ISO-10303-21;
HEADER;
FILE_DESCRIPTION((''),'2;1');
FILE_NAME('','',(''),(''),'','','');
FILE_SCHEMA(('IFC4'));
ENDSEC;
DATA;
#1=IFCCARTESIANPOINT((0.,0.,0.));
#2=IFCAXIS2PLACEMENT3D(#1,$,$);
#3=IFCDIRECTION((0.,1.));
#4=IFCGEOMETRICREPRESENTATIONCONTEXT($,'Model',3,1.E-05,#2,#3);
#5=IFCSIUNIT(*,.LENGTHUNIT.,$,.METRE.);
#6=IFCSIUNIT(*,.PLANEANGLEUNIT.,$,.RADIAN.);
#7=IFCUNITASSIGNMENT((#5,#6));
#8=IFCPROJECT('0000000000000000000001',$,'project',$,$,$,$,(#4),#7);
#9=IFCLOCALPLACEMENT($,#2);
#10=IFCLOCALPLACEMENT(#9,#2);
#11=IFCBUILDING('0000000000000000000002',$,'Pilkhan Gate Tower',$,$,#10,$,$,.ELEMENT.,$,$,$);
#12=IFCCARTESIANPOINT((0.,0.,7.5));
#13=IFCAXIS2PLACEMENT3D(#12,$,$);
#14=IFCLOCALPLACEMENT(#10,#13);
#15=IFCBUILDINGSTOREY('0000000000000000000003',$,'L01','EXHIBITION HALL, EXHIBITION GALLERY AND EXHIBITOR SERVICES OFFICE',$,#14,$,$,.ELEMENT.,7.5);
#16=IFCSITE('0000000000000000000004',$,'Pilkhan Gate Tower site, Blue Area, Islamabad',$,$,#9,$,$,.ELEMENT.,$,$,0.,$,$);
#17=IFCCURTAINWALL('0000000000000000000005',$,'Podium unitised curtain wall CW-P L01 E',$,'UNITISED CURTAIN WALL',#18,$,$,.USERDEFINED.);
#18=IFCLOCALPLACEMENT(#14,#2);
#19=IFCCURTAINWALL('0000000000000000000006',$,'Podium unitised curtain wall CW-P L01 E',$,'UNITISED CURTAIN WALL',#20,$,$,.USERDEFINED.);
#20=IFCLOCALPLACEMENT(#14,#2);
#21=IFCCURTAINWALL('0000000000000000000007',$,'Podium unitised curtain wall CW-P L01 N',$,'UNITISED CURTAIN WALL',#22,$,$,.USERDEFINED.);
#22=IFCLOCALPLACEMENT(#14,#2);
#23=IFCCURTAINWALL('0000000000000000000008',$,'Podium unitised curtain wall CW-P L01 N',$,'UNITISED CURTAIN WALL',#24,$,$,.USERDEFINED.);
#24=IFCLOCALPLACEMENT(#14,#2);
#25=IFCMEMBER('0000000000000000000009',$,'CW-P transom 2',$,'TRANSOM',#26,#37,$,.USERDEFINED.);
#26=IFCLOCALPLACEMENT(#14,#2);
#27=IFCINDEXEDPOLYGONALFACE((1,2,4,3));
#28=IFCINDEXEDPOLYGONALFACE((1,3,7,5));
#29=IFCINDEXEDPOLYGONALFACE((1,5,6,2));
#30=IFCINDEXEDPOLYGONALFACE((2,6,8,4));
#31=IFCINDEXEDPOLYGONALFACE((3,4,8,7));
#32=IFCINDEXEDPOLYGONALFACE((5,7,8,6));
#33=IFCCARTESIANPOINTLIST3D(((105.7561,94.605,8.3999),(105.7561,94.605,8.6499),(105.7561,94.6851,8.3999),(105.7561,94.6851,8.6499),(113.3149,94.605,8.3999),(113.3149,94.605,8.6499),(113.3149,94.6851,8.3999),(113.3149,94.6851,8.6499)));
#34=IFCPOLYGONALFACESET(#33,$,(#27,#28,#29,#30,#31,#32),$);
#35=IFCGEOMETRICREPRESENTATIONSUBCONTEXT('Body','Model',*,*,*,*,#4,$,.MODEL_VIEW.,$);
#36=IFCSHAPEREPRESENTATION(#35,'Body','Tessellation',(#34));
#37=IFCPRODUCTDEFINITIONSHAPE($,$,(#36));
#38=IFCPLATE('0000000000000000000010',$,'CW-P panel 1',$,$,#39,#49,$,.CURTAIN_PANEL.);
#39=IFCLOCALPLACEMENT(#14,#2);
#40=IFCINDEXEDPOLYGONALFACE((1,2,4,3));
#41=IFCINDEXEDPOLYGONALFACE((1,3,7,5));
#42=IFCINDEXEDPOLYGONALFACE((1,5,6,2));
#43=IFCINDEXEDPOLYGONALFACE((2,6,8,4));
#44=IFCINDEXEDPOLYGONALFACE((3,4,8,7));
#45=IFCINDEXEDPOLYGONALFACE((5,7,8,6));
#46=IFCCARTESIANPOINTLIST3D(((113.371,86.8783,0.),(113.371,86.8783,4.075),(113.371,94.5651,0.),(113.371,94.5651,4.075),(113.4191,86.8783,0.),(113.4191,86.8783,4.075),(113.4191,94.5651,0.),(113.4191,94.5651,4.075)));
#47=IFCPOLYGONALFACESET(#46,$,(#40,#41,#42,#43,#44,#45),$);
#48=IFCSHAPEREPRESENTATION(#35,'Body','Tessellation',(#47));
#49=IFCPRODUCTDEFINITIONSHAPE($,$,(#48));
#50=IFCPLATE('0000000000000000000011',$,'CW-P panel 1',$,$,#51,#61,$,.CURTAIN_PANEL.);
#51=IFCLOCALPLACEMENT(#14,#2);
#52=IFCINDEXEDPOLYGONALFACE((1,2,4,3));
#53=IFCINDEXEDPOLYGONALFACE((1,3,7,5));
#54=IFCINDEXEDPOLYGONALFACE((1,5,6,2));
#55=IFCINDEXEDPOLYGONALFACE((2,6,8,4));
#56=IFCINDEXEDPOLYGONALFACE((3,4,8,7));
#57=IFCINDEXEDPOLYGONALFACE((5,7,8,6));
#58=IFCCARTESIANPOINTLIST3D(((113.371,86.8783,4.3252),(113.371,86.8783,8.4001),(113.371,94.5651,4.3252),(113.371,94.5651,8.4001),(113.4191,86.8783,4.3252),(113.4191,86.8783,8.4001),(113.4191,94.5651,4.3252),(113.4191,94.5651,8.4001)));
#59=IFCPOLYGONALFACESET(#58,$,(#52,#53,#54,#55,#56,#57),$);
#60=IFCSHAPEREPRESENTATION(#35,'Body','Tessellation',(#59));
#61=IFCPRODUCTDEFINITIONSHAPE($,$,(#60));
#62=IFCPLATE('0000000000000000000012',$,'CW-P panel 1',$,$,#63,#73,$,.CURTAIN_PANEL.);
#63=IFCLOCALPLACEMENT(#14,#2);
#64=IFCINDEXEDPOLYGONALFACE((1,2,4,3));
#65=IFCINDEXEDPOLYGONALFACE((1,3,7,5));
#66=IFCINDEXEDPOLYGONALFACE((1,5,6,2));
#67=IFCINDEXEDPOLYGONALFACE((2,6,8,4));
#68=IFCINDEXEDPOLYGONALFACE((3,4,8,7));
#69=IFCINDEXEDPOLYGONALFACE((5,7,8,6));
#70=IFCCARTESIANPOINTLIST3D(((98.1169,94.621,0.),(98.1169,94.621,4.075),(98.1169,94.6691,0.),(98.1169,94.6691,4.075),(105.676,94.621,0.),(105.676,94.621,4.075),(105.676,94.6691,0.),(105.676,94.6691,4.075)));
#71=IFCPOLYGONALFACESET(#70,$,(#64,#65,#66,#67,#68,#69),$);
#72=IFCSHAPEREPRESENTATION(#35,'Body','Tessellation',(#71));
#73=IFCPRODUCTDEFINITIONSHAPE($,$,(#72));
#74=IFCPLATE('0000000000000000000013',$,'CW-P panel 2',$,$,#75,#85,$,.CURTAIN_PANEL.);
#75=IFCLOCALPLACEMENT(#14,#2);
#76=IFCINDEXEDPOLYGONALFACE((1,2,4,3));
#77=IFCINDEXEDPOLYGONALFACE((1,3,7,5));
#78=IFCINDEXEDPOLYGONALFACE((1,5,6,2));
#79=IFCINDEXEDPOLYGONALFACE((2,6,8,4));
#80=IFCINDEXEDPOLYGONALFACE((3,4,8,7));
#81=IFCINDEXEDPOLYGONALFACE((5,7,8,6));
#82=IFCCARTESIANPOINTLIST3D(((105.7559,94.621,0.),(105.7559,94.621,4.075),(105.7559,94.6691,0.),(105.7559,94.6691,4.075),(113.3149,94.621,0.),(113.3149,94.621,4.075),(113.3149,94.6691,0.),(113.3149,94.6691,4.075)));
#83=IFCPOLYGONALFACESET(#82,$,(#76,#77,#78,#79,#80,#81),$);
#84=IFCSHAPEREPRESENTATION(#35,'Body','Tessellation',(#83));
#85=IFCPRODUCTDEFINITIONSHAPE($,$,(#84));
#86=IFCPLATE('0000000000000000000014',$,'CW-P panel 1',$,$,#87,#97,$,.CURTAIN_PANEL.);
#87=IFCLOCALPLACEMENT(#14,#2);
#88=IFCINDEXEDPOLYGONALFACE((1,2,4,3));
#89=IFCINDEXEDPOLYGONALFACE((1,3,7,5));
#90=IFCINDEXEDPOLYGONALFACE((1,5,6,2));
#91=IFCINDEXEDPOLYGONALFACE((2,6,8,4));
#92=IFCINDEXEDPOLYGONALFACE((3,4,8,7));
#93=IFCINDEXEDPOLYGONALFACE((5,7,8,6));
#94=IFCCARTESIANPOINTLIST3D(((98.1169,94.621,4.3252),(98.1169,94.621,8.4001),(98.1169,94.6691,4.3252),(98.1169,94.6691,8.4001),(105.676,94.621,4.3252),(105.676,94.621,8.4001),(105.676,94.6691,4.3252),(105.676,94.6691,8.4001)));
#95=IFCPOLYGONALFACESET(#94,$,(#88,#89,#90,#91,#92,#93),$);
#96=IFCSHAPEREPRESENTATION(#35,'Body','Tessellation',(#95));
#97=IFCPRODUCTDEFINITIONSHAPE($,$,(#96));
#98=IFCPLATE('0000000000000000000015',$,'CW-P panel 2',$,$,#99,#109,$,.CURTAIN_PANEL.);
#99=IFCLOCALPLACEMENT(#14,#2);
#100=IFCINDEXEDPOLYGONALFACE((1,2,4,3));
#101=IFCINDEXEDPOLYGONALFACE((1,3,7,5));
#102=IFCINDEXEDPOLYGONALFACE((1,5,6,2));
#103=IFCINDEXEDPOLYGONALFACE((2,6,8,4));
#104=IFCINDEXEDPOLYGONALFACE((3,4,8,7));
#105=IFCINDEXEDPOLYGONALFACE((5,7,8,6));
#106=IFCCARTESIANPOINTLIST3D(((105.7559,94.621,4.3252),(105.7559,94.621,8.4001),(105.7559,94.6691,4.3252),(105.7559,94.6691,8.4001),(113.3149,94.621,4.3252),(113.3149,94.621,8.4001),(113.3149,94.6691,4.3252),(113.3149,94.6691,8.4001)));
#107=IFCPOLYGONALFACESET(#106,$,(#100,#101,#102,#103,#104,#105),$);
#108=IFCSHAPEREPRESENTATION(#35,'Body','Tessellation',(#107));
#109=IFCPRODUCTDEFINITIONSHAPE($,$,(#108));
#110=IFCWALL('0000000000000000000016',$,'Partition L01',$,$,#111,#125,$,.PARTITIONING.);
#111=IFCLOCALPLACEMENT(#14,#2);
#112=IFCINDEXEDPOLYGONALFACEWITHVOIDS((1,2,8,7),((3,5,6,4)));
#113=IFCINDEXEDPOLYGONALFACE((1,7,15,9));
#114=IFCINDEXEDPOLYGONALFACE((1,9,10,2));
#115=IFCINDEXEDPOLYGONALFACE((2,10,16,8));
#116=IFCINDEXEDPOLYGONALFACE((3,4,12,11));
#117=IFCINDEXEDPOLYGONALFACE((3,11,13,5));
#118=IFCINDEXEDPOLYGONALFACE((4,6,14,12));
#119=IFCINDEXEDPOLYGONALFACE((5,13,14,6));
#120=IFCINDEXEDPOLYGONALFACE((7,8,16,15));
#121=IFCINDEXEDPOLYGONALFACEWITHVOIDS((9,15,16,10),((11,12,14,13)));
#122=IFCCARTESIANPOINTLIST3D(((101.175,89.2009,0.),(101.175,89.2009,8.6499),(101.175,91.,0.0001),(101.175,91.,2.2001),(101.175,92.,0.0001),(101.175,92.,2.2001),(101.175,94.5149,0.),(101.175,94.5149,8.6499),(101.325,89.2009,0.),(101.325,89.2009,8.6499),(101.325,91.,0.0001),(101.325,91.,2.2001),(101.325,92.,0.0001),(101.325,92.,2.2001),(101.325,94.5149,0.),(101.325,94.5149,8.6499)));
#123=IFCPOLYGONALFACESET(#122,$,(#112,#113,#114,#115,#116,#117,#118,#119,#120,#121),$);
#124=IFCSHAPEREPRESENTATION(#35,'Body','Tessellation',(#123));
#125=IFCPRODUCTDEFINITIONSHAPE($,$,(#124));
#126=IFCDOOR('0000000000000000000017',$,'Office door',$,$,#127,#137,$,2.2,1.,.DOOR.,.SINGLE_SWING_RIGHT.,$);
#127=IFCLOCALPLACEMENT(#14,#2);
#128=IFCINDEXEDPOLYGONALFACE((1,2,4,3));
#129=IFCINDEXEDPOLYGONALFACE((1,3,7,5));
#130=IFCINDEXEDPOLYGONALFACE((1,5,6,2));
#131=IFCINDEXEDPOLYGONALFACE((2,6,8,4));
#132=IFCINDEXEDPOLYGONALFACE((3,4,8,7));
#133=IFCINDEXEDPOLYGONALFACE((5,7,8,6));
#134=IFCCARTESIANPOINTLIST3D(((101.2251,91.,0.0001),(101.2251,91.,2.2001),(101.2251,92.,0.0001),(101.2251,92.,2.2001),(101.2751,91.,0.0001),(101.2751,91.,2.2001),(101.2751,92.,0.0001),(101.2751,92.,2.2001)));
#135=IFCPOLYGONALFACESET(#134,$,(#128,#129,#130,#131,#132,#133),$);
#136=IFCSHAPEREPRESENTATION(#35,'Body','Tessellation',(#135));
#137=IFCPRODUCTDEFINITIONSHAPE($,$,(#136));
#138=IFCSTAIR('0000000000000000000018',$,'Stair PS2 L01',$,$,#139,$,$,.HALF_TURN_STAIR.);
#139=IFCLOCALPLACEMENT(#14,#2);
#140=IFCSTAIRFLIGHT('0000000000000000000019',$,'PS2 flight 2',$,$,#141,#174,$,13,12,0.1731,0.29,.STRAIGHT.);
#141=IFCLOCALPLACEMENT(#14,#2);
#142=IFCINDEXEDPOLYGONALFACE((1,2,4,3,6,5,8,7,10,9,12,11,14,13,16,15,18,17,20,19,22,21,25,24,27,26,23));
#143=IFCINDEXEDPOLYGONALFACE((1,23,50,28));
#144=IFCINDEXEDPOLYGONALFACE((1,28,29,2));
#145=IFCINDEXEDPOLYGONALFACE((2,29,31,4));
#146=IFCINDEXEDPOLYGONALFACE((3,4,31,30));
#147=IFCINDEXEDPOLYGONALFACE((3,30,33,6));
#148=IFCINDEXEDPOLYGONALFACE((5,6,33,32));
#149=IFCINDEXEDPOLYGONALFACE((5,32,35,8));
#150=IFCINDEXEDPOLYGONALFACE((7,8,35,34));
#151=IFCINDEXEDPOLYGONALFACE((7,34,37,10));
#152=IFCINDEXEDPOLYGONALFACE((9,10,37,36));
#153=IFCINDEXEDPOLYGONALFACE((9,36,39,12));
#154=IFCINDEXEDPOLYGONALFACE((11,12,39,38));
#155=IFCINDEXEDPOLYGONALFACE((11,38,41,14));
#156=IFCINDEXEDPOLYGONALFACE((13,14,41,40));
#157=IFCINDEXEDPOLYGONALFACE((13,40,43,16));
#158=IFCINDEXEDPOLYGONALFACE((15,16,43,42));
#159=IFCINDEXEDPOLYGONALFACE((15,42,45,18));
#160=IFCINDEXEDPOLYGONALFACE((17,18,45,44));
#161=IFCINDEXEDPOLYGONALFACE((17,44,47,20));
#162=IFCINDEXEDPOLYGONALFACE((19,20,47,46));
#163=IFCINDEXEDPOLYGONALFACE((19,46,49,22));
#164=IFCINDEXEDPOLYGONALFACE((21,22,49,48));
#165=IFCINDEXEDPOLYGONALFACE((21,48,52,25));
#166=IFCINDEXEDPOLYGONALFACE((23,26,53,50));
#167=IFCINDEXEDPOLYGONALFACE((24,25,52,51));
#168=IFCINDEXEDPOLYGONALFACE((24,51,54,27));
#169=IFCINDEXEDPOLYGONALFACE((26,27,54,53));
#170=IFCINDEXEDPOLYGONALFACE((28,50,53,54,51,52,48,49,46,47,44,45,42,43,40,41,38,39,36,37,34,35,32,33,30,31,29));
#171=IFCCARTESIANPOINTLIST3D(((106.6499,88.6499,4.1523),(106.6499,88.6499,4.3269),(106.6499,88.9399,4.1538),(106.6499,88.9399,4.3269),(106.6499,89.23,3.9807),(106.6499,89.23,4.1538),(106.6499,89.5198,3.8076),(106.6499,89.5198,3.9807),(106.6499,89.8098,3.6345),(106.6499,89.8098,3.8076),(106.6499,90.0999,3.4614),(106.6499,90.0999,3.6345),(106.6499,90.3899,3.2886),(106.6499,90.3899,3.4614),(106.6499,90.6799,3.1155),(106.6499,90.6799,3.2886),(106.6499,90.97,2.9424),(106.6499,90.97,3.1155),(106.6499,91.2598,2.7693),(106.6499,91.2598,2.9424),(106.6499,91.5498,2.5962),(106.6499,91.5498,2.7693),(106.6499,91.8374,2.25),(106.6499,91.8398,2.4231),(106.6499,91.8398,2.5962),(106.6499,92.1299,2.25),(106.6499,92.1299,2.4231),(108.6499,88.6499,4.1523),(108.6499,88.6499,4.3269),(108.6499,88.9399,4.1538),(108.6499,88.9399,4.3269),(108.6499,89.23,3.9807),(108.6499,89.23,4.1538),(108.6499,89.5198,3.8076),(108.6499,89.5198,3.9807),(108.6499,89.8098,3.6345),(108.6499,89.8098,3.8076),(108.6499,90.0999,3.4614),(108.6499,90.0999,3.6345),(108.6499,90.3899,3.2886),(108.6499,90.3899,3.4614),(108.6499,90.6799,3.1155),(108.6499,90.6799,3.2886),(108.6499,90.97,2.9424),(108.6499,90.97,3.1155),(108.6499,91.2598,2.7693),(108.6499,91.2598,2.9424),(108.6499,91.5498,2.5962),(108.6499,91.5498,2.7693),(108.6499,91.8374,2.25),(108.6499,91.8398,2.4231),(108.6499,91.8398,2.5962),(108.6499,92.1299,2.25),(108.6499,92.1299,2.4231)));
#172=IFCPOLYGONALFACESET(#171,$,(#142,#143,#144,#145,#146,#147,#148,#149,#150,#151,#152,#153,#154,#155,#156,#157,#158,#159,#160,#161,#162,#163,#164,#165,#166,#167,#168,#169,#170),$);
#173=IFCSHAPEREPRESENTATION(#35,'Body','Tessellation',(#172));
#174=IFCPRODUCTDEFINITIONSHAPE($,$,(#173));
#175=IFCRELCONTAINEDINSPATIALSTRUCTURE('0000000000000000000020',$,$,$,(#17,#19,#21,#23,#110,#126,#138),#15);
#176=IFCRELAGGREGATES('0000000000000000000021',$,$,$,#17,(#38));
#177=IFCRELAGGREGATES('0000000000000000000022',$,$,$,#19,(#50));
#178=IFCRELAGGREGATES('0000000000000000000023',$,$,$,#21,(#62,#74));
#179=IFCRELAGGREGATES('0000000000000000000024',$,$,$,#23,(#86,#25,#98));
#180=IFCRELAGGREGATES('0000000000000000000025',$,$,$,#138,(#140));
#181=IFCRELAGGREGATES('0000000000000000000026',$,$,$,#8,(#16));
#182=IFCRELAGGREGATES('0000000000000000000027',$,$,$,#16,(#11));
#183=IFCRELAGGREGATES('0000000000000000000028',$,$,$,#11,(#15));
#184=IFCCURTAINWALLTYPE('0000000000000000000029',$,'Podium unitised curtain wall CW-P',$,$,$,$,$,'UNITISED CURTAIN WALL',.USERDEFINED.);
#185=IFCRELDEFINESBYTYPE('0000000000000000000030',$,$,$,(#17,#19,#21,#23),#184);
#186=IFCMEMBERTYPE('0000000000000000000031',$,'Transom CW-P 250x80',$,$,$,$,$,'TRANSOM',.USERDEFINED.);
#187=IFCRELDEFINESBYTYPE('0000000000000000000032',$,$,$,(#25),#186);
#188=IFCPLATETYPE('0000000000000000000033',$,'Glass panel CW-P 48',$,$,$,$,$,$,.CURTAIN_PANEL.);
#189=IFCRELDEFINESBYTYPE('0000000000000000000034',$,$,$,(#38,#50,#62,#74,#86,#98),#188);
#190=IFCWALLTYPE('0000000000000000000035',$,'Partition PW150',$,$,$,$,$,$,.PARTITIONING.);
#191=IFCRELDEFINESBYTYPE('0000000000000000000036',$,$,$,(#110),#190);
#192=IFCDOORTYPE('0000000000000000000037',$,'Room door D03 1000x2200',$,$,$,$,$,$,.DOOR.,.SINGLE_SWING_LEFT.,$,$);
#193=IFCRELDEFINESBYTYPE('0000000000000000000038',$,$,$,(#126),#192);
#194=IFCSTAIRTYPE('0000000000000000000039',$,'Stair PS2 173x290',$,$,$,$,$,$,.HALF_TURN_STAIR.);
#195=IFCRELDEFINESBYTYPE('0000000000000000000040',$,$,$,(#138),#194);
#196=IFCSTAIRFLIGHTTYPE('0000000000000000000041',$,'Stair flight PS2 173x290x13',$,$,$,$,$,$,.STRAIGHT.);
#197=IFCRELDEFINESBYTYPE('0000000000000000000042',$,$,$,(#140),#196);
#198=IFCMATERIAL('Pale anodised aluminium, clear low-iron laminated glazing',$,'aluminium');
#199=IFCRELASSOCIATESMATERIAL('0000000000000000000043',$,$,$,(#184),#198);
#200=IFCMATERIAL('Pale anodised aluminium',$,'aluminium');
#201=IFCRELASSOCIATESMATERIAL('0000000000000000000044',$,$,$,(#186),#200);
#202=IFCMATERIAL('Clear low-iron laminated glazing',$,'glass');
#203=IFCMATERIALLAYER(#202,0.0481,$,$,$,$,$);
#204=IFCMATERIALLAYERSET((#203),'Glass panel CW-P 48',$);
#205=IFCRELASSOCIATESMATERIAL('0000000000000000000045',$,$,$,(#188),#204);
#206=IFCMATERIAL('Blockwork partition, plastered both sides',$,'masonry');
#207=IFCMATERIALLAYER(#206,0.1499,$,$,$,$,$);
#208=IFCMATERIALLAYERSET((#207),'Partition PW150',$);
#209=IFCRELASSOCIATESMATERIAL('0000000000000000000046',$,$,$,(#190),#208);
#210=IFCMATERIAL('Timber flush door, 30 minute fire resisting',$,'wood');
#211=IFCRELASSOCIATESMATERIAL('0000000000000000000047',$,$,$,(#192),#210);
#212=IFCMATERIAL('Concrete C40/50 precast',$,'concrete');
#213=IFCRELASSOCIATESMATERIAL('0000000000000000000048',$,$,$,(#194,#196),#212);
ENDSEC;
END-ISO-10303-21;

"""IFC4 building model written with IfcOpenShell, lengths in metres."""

from ifc_helpers import new_model, si_unit, direction, frame, frame_2d, origin, origin_2d, place, context, subcontext, project, spatial, polyline, rectangle, outline, extrude, material, layer, layer_set, material_profile, profile_set, type_object, element, fill, aggregate, save


model = new_model("IFC4")

# Units and contexts
model_context = context("Model", 3, precision=1e-05, world=origin(), true_north=direction((0.0, 1.0)))
body_context = subcontext(model_context, "Body", "Model", "MODEL_VIEW")
ifc_project = project(units=[si_unit("LENGTHUNIT", "METRE"), si_unit("PLANEANGLEUNIT", "RADIAN")], contexts=[model_context])

# Site, building, storey
site_placement = place(None, origin())
site = spatial("IfcSite", under=ifc_project, at=site_placement, Name="Pilkhan Gate Tower site, Blue Area, Islamabad", CompositionType="ELEMENT", RefElevation=0.0)
building_placement = place(site_placement, origin())
building = spatial("IfcBuilding", under=site, at=building_placement, Name="Pilkhan Gate Tower", CompositionType="ELEMENT")
storey_placement = place(building_placement, frame((0.0, 0.0, 7.5)))
storey = spatial("IfcBuildingStorey", under=building, at=storey_placement, Name="L01", Description="EXHIBITION HALL, EXHIBITION GALLERY AND EXHIBITOR SERVICES OFFICE", CompositionType="ELEMENT", Elevation=7.5)

# Curtain walls
ifc_material_1 = material(Name="Pale anodised aluminium, clear low-iron laminated glazing", Category="aluminium")
curtain_wall_type = type_object("IfcCurtainWallType", Name="Podium unitised curtain wall CW-P", ElementType="UNITISED CURTAIN WALL", PredefinedType="USERDEFINED", material=ifc_material_1)
curtain_wall_1_placement = place(storey_placement, origin())
curtain_wall_1 = element("IfcCurtainWall", 1, at=curtain_wall_1_placement, inside=storey, type_object=curtain_wall_type, Name="Podium unitised curtain wall CW-P L01 E", ObjectType="UNITISED CURTAIN WALL", PredefinedType="USERDEFINED")
ifc_material_2 = material(Name="Pale anodised aluminium", Category="aluminium")
curtain_wall_2_placement = place(storey_placement, origin())
curtain_wall_2 = element("IfcCurtainWall", 2, at=curtain_wall_2_placement, inside=storey, type_object=curtain_wall_type, Name="Podium unitised curtain wall CW-P L01 E", ObjectType="UNITISED CURTAIN WALL", PredefinedType="USERDEFINED")

# Curtain walls
curtain_wall_3_placement = place(storey_placement, origin())
curtain_wall_3 = element("IfcCurtainWall", 3, at=curtain_wall_3_placement, inside=storey, type_object=curtain_wall_type, Name="Podium unitised curtain wall CW-P L01 N", ObjectType="UNITISED CURTAIN WALL", PredefinedType="USERDEFINED")
curtain_wall_4_placement = place(storey_placement, origin())
curtain_wall_4 = element("IfcCurtainWall", 4, at=curtain_wall_4_placement, inside=storey, type_object=curtain_wall_type, Name="Podium unitised curtain wall CW-P L01 N", ObjectType="UNITISED CURTAIN WALL", PredefinedType="USERDEFINED")

# Member
ifc_material_profile_1 = material_profile(ifc_material_2, rectangle(XDim=0.0801, YDim=0.25, at=origin_2d()), Name="Transom 250x80")
ifc_profile_set_1 = profile_set([ifc_material_profile_1], Name="Pale anodised aluminium")
member_type_1 = type_object("IfcMemberType", Name="Transom CW-P 250x80", ElementType="TRANSOM", PredefinedType="USERDEFINED", material=ifc_profile_set_1)
member_1_placement = place(storey_placement, frame((105.7561, 94.645, 8.5249), z_axis=(1.0, 0.0, 0.0), x_axis=(0.0, 1.0, 0.0)))
member_1 = element("IfcMember", 5, at=member_1_placement, type_object=member_type_1, Name="CW-P transom 2", ObjectType="TRANSOM", PredefinedType="USERDEFINED", context=body_context, shape_type="SweptSolid", body=[
    extrude(rectangle(XDim=0.0801, YDim=0.25, at=origin_2d()), origin(), (0.0, 0.0, 1.0), 7.5588),
])

# Plates
ifc_material_3 = material(Name="Clear low-iron laminated glazing", Category="glass")
ifc_layer_1 = layer(ifc_material_3, 0.0481)
ifc_layer_set_1 = layer_set([ifc_layer_1], Name="Glass panel CW-P 48")
plate_type = type_object("IfcPlateType", Name="Glass panel CW-P 48", PredefinedType="CURTAIN_PANEL", material=ifc_layer_set_1)
plate_1_placement = place(storey_placement, frame((113.395, 90.7217, 0.0), z_axis=(0.0, 0.0, 1.0), x_axis=(0.0, 1.0, 0.0)))
plate_1 = element("IfcPlate", 6, at=plate_1_placement, type_object=plate_type, Name="CW-P panel 1", PredefinedType="CURTAIN_PANEL", context=body_context, shape_type="SweptSolid", body=[
    extrude(rectangle(XDim=7.6868, YDim=0.0481, at=origin_2d()), origin(), (0.0, 0.0, 1.0), 4.075),
])
aggregate(curtain_wall_1, [plate_1])
plate_2_placement = place(storey_placement, frame((113.395, 90.7217, 4.3252), z_axis=(0.0, 0.0, 1.0), x_axis=(0.0, 1.0, 0.0)))
plate_2 = element("IfcPlate", 7, at=plate_2_placement, type_object=plate_type, Name="CW-P panel 1", PredefinedType="CURTAIN_PANEL", context=body_context, shape_type="SweptSolid", body=[
    extrude(rectangle(XDim=7.6868, YDim=0.0481, at=origin_2d()), origin(), (0.0, 0.0, 1.0), 4.075),
])
aggregate(curtain_wall_2, [plate_2])
plate_3_placement = place(storey_placement, frame((101.8965, 94.645, 0.0), z_axis=(0.0, 0.0, 1.0), x_axis=(1.0, 0.0, 0.0)))
plate_3 = element("IfcPlate", 8, at=plate_3_placement, type_object=plate_type, Name="CW-P panel 1", PredefinedType="CURTAIN_PANEL", context=body_context, shape_type="SweptSolid", body=[
    extrude(rectangle(XDim=7.5591, YDim=0.0481, at=origin_2d()), origin(), (0.0, 0.0, 1.0), 4.075),
])
plate_4_placement = place(storey_placement, frame((109.5354, 94.645, 0.0), z_axis=(0.0, 0.0, 1.0), x_axis=(1.0, 0.0, 0.0)))
plate_4 = element("IfcPlate", 9, at=plate_4_placement, type_object=plate_type, Name="CW-P panel 2", PredefinedType="CURTAIN_PANEL", context=body_context, shape_type="SweptSolid", body=[
    extrude(rectangle(XDim=7.5591, YDim=0.0481, at=origin_2d()), origin(), (0.0, 0.0, 1.0), 4.075),
])
aggregate(curtain_wall_3, [plate_3, plate_4])
plate_5_placement = place(storey_placement, frame((101.8965, 94.645, 4.3252), z_axis=(0.0, 0.0, 1.0), x_axis=(1.0, 0.0, 0.0)))
plate_5 = element("IfcPlate", 10, at=plate_5_placement, type_object=plate_type, Name="CW-P panel 1", PredefinedType="CURTAIN_PANEL", context=body_context, shape_type="SweptSolid", body=[
    extrude(rectangle(XDim=7.5591, YDim=0.0481, at=origin_2d()), origin(), (0.0, 0.0, 1.0), 4.075),
])
plate_6_placement = place(storey_placement, frame((109.5354, 94.645, 4.3252), z_axis=(0.0, 0.0, 1.0), x_axis=(1.0, 0.0, 0.0)))
plate_6 = element("IfcPlate", 11, at=plate_6_placement, type_object=plate_type, Name="CW-P panel 2", PredefinedType="CURTAIN_PANEL", context=body_context, shape_type="SweptSolid", body=[
    extrude(rectangle(XDim=7.5591, YDim=0.0481, at=origin_2d()), origin(), (0.0, 0.0, 1.0), 4.075),
])
aggregate(curtain_wall_4, [plate_5, member_1, plate_6])

# Wall, opening, door
ifc_material_4 = material(Name="Blockwork partition, plastered both sides", Category="masonry")
ifc_layer_2 = layer(ifc_material_4, 0.1499)
ifc_layer_set_2 = layer_set([ifc_layer_2], Name="Partition PW150")
wall_type = type_object("IfcWallType", Name="Partition PW150", PredefinedType="PARTITIONING", material=ifc_layer_set_2)
wall_placement = place(storey_placement, frame((101.25, 89.2009, 0.0), z_axis=(0.0, 0.0, 1.0), x_axis=(0.0, 1.0, 0.0)))
wall = element("IfcWall", 12, at=wall_placement, inside=storey, type_object=wall_type, Name="Partition L01", PredefinedType="PARTITIONING", context=body_context, shape_type="SweptSolid", body=[
    extrude(rectangle(XDim=5.314, YDim=0.1499, at=frame_2d((2.657, 0.0))), origin(), (0.0, 0.0, 1.0), 8.6499),
])
opening_placement = place(wall_placement, frame((1.7991, 0.0, 0.0)))
opening = element("IfcOpeningElement", 13, at=opening_placement, cuts=wall, PredefinedType="OPENING", context=body_context, shape_type="SweptSolid", body=[
    extrude(rectangle(XDim=1.0, YDim=2.2, at=frame_2d((0.5, 1.1001))), frame((0.0, 0.085, 0.0), z_axis=(0.0, -1.0, 0.0), x_axis=(1.0, 0.0, 0.0)), (0.0, 0.0, 1.0), 0.1699),
])
ifc_material_5 = material(Name="Timber flush door, 30 minute fire resisting", Category="wood")
door_type = type_object("IfcDoorType", Name="Room door D03 1000x2200", OperationType="SINGLE_SWING_LEFT", PredefinedType="DOOR", material=ifc_material_5)
door_placement = place(opening_placement, origin())
door = element("IfcDoor", 14, at=door_placement, inside=storey, type_object=door_type, Name="Office door", OperationType="SINGLE_SWING_RIGHT", OverallHeight=2.2, OverallWidth=1.0, PredefinedType="DOOR", context=body_context, shape_type="SweptSolid", body=[
    extrude(rectangle(XDim=1.0, YDim=2.2, at=frame_2d((0.5, 1.1001))), frame((0.0, 0.0249, 0.0), z_axis=(0.0, -1.0, 0.0), x_axis=(1.0, 0.0, 0.0)), (0.0, 0.0, 1.0), 0.05),
])
fill(opening, door)

# Stair, stair flight
ifc_material_6 = material(Name="Concrete C40/50 precast", Category="concrete")
stair_type = type_object("IfcStairType", Name="Stair PS2 173x290", PredefinedType="HALF_TURN_STAIR", material=ifc_material_6)
stair_placement = place(storey_placement, origin())
stair = element("IfcStair", 15, at=stair_placement, inside=storey, type_object=stair_type, Name="Stair PS2 L01", PredefinedType="HALF_TURN_STAIR")
stair_flight_type = type_object("IfcStairFlightType", Name="Stair flight PS2 173x290x13", PredefinedType="STRAIGHT", material=ifc_material_6)
stair_flight_1_placement = place(storey_placement, frame((107.6499, 92.1299, 2.25), z_axis=(0.0, 0.0, 1.0), x_axis=(0.0, -1.0, 0.0)))
stair_flight_1 = element("IfcStairFlight", 16, at=stair_flight_1_placement, type_object=stair_flight_type, Name="PS2 flight 2", NumberOfRisers=13, NumberOfTreads=12, PredefinedType="STRAIGHT", RiserHeight=0.1731, TreadLength=0.29, context=body_context, shape_type="SweptSolid", body=[
    extrude(outline(polyline([(0.0, 0.0), (0.0, 0.1731), (0.29, 0.1731), (0.29, 0.3462), (0.5801, 0.3462), (0.5801, 0.5193), (0.8701, 0.5193), (0.8701, 0.6924), (1.1599, 0.6924), (1.1599, 0.8655), (1.45, 0.8655), (1.45, 1.0386), (1.74, 1.0386), (1.74, 1.2114), (2.03, 1.2114), (2.03, 1.3845), (2.3201, 1.3845), (2.3201, 1.5576), (2.6101, 1.5576), (2.6101, 1.7307), (2.8999, 1.7307), (2.8999, 1.9038), (3.1899, 1.9038), (3.1899, 2.0769), (3.48, 2.0769), (3.48, 2.25), (3.48, 1.9023), (0.2925, 0.0), (0.0, 0.0)])), frame((0.0, 1.0, 0.0), z_axis=(0.0, -1.0, 0.0), x_axis=(1.0, 0.0, 0.0)), (0.0, 0.0, 1.0), 2.0),
])
aggregate(stair, [stair_flight_1])

save(model, "model.ifc")
